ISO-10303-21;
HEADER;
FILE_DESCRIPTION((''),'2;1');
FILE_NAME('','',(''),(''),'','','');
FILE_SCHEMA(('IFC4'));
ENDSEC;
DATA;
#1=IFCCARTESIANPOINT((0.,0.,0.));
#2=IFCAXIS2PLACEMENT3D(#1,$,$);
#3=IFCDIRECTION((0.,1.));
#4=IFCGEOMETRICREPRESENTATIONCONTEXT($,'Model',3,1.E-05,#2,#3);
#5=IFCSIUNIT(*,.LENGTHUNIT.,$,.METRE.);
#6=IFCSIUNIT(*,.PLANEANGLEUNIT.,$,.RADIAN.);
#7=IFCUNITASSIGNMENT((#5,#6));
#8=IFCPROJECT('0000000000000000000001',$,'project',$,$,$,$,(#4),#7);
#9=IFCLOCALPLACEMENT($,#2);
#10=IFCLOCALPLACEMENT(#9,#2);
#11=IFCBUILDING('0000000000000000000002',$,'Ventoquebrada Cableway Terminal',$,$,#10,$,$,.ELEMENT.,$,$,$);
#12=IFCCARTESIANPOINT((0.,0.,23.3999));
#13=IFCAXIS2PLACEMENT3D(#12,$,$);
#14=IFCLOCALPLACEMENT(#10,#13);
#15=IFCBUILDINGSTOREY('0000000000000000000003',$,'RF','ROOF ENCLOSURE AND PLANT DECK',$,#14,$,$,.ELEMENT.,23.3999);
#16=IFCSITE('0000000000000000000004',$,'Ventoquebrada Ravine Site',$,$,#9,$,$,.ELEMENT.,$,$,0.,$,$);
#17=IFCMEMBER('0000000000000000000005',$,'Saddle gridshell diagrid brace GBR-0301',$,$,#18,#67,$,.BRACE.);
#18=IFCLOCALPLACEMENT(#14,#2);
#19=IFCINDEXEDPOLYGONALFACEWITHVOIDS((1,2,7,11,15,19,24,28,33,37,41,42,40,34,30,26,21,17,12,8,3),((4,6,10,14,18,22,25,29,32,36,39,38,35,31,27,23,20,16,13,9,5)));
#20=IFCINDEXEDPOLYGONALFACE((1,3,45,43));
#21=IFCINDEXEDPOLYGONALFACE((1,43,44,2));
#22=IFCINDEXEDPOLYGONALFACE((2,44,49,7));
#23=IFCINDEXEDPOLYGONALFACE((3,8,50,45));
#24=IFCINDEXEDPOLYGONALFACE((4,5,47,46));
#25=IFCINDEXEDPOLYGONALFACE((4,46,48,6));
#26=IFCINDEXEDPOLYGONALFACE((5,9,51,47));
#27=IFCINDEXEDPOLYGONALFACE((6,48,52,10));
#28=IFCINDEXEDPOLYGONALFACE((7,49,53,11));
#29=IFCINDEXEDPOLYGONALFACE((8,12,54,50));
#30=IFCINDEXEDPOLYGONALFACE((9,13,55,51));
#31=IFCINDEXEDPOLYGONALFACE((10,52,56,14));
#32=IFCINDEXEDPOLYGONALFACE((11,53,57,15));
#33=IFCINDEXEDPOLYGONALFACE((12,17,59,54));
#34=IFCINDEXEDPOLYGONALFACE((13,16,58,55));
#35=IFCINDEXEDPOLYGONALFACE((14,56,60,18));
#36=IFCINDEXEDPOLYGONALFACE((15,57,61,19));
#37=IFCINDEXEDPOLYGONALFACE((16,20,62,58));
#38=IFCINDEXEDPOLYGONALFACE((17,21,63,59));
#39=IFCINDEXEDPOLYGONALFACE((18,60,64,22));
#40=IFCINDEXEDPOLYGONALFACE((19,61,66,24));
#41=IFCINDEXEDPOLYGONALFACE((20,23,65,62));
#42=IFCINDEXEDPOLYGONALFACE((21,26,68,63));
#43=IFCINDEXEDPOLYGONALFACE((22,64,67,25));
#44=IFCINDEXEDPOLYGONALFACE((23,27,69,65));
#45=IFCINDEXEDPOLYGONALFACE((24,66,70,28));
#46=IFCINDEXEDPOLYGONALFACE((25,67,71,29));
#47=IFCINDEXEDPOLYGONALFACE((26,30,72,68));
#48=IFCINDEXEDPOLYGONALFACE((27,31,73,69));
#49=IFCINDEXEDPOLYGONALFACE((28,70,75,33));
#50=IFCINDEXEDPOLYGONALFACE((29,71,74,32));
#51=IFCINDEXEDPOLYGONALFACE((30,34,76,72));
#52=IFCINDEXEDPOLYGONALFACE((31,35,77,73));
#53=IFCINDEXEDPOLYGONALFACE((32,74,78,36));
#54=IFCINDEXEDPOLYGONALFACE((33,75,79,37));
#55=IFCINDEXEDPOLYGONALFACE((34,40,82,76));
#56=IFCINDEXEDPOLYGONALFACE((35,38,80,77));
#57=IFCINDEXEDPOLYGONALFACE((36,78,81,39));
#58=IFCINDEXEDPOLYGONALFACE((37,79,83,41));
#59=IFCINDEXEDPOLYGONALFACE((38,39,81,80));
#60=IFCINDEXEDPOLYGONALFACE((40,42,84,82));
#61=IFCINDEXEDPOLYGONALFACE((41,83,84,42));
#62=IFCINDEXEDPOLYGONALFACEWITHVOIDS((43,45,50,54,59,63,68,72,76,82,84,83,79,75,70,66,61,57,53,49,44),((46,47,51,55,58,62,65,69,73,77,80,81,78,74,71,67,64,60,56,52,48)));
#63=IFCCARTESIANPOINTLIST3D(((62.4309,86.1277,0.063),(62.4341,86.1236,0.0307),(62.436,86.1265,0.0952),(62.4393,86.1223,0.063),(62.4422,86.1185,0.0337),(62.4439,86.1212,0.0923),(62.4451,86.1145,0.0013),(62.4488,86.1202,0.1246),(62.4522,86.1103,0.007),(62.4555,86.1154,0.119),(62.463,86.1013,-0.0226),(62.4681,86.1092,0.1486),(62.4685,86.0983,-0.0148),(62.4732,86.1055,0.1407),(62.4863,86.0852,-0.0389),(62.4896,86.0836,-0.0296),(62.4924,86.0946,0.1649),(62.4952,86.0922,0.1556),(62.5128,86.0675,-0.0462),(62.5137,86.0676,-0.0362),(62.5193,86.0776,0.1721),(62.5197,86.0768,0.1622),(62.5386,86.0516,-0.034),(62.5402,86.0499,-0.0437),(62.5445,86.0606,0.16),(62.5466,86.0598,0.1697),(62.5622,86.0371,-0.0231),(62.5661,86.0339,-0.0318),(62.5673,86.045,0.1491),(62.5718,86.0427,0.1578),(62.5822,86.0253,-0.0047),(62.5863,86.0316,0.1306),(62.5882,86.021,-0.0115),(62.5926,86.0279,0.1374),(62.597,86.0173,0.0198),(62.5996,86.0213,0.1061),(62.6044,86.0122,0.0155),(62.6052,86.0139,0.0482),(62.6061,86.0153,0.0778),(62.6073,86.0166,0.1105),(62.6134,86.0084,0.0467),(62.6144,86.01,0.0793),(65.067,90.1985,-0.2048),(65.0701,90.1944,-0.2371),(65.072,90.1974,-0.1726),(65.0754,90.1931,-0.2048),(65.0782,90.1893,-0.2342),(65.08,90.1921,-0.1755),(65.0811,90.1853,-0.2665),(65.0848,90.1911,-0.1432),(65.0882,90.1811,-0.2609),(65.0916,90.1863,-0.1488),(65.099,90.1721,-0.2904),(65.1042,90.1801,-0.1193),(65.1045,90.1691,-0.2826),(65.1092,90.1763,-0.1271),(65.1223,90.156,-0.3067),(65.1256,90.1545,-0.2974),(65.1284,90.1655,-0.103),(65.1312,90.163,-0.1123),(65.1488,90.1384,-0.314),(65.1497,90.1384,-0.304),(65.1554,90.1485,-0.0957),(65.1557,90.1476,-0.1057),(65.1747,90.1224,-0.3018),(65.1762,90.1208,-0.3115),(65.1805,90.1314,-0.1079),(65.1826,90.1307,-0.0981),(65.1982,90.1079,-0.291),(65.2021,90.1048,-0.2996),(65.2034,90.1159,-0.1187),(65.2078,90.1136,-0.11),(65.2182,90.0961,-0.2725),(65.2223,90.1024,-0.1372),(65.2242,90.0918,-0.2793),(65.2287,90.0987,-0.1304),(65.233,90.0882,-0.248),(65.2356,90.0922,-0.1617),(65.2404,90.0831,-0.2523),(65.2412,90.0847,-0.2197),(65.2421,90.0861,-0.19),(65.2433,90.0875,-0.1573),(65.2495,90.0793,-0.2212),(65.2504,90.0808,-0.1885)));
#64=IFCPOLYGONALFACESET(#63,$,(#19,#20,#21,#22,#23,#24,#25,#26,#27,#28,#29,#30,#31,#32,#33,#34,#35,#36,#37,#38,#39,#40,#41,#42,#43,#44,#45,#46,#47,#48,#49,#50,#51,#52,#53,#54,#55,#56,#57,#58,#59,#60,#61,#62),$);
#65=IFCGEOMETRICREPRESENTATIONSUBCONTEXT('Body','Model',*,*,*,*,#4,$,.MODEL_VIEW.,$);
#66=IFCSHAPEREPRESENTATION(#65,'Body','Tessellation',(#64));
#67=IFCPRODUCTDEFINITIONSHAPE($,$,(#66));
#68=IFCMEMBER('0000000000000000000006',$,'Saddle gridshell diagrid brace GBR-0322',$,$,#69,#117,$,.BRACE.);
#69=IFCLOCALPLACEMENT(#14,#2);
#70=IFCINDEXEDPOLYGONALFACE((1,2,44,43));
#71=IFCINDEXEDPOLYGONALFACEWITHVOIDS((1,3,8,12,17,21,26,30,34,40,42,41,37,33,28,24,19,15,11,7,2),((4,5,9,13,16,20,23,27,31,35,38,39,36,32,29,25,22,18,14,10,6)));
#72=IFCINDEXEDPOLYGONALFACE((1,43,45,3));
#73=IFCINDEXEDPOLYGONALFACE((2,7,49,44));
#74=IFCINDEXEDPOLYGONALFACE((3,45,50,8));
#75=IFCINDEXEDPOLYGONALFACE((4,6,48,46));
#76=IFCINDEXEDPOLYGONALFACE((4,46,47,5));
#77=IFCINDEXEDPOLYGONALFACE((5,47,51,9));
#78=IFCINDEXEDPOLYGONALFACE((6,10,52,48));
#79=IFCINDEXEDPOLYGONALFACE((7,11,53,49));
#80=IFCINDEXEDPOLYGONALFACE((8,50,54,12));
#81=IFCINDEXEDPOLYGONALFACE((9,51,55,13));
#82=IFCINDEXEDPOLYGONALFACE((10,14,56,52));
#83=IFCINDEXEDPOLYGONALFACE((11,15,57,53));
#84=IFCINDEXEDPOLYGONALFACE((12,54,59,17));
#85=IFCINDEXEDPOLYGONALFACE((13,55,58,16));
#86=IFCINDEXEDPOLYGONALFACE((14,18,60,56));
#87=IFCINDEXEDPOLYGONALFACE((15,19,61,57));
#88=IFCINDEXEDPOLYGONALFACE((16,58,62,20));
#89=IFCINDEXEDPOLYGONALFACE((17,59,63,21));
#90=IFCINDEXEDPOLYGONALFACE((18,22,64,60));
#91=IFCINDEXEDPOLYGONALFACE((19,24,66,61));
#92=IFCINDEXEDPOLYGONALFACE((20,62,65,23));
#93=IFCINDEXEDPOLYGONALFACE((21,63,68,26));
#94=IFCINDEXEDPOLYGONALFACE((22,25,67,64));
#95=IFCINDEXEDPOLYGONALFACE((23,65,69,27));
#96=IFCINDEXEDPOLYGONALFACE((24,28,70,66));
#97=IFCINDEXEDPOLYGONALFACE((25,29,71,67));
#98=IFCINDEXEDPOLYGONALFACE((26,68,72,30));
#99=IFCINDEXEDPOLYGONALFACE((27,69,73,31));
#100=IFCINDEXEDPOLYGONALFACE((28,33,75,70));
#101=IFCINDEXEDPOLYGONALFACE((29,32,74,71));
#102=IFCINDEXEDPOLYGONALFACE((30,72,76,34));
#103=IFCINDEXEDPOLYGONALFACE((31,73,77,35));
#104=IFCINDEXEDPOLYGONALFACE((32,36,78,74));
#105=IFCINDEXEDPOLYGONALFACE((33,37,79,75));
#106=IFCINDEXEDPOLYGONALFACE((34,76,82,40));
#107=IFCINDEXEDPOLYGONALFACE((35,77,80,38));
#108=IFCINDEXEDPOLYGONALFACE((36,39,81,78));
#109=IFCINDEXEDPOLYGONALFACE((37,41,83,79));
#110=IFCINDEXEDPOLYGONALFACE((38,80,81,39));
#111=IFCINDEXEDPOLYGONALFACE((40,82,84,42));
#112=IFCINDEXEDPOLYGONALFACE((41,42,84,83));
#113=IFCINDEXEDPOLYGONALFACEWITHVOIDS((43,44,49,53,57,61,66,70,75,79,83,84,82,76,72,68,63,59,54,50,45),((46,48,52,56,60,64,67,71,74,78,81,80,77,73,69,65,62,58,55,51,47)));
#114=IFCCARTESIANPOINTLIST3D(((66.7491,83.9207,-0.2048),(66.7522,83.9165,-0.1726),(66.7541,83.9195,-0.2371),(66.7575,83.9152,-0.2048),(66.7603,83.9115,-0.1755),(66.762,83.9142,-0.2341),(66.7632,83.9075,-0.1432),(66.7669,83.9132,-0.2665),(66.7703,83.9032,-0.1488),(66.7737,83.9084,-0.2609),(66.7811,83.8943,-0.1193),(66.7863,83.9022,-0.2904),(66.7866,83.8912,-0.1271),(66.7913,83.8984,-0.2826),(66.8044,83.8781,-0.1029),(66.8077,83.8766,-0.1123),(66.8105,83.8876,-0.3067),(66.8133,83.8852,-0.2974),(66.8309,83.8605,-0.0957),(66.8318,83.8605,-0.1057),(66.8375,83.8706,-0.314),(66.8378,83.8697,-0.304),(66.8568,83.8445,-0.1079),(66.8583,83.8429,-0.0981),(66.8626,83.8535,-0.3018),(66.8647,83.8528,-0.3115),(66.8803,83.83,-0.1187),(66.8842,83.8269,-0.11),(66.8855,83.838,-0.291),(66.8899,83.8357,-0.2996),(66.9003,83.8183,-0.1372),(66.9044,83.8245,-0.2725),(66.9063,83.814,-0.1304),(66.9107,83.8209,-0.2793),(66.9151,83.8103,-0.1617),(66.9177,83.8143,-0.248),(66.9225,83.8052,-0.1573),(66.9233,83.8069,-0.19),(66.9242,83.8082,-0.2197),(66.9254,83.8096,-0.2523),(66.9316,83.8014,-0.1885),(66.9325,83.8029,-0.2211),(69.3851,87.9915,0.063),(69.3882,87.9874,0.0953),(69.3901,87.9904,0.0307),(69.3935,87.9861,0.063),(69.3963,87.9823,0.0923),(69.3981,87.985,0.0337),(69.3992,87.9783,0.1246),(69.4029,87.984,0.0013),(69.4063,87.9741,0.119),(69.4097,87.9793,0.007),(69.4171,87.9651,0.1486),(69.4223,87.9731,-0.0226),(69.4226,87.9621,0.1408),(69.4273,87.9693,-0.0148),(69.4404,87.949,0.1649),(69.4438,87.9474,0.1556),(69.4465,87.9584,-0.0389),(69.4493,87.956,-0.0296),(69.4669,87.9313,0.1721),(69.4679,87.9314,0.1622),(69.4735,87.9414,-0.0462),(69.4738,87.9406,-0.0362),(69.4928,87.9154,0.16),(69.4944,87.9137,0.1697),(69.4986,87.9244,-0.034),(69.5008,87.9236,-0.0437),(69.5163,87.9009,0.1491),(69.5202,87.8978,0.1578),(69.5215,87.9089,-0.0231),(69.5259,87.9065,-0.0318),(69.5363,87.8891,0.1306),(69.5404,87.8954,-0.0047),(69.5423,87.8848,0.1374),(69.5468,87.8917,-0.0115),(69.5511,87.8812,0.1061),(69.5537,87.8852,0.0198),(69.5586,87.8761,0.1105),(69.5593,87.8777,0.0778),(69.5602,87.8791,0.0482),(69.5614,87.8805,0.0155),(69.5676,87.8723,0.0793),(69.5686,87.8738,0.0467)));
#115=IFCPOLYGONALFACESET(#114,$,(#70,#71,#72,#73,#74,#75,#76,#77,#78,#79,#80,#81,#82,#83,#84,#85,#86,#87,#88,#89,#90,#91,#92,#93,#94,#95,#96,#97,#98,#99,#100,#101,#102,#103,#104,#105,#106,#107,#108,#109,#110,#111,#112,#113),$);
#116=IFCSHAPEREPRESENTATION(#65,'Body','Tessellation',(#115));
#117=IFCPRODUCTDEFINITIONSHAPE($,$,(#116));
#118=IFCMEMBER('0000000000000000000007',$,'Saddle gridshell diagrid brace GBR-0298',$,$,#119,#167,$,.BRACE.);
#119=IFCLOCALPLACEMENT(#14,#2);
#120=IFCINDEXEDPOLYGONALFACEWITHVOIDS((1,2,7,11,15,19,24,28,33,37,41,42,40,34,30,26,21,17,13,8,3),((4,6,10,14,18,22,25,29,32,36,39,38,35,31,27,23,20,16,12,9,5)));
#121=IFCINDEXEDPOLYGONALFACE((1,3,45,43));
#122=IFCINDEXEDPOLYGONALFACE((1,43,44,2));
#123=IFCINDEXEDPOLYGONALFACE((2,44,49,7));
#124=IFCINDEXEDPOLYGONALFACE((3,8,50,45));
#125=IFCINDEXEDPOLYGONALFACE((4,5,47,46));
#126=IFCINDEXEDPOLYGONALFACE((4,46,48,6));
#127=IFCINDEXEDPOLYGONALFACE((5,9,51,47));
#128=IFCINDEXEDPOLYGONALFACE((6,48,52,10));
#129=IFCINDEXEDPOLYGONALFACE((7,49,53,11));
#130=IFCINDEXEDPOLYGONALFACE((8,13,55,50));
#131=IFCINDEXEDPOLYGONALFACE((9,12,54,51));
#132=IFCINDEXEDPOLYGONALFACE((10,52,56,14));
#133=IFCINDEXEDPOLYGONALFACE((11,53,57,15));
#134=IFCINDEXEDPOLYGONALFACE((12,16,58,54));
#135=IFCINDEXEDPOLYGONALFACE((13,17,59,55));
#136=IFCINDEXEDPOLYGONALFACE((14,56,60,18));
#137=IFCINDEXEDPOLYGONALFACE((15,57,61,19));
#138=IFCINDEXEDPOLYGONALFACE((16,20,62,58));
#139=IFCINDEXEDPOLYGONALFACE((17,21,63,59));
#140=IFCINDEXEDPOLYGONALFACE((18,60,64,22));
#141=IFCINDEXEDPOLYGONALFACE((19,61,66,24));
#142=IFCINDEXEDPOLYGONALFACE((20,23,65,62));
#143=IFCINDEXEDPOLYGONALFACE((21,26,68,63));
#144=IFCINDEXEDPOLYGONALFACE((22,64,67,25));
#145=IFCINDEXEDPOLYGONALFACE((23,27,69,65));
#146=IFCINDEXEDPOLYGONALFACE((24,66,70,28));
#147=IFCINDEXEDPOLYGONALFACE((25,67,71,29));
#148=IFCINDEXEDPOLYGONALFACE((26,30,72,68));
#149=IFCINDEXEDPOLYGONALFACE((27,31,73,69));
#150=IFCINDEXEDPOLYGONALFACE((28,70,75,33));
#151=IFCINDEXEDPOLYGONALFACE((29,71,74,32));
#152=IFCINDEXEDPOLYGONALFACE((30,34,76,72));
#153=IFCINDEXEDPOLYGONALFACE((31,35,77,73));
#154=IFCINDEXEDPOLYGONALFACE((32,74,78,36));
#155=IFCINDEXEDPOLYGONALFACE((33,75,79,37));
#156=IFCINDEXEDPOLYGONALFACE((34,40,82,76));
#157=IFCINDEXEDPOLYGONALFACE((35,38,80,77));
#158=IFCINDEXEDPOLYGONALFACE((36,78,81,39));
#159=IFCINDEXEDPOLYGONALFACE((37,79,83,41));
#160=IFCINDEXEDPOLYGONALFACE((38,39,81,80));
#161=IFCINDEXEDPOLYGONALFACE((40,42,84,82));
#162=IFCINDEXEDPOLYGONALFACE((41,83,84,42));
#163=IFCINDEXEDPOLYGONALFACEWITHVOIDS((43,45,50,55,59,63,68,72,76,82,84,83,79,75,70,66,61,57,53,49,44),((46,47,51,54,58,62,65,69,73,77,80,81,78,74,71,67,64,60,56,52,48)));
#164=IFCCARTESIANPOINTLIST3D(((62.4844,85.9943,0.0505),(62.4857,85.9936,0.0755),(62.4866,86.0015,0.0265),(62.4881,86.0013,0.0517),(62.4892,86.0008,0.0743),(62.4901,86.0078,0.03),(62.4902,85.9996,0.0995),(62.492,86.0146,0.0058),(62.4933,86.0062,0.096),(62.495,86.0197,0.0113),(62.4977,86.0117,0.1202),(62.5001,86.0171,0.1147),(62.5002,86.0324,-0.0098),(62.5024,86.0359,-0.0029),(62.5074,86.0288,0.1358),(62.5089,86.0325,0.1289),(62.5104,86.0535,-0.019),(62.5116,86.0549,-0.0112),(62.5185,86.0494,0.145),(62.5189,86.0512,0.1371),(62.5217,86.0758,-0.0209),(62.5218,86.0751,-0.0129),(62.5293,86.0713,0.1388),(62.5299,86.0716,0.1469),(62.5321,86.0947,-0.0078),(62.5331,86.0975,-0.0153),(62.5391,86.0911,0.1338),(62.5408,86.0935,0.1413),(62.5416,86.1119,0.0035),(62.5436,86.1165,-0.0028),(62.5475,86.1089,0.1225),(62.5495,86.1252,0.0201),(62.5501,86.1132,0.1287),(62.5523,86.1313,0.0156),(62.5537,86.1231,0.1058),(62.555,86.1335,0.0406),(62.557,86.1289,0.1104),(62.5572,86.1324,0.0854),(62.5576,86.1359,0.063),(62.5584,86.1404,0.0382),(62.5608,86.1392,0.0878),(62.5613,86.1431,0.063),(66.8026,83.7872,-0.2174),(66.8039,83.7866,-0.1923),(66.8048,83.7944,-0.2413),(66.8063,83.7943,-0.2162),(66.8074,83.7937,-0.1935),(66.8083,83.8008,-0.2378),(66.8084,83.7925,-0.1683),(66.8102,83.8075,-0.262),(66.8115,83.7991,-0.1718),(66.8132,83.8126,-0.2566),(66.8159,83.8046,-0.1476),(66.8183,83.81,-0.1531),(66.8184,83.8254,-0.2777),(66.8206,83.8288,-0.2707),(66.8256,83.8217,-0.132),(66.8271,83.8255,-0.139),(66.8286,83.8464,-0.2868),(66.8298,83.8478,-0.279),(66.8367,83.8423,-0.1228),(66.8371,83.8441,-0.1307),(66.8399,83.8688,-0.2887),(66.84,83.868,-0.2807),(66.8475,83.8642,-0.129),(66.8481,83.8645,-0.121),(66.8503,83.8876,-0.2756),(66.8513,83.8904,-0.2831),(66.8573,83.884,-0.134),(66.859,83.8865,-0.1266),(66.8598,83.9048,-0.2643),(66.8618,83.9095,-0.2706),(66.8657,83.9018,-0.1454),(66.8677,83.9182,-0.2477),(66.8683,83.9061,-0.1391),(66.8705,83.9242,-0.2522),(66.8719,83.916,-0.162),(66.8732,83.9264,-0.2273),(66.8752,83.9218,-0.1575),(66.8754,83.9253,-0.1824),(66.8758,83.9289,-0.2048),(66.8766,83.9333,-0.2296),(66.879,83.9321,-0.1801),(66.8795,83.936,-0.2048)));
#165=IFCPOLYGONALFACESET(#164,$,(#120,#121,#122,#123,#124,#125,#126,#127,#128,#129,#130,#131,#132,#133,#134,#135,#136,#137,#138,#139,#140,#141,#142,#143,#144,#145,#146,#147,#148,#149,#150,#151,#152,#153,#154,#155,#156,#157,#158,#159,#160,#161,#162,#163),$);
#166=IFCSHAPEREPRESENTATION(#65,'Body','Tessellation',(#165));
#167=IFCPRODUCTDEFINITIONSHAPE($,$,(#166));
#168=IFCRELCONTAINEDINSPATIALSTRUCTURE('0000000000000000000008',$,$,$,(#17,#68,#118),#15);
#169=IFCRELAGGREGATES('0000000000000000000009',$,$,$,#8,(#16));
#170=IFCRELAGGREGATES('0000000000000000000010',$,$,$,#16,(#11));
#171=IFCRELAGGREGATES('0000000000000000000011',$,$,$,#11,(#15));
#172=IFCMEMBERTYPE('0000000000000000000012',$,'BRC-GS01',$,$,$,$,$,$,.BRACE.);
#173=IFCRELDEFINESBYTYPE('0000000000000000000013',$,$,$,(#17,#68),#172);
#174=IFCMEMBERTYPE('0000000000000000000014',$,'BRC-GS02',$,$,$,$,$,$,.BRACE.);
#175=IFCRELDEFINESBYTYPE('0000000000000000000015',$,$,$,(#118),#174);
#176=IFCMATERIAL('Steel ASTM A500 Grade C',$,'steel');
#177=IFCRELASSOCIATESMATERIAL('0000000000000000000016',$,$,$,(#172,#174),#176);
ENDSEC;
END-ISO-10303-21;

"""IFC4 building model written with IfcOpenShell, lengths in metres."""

from ifc_helpers import new_model, si_unit, direction, frame, origin, origin_2d, place, context, subcontext, project, spatial, hollow_circle, extrude, material, material_profile, profile_set, type_object, element, save


model = new_model("IFC4")

# Units and contexts
model_context = context("Model", 3, precision=1e-05, world=origin(), true_north=direction((0.0, 1.0)))
body_context = subcontext(model_context, "Body", "Model", "MODEL_VIEW")
ifc_project = project(units=[si_unit("LENGTHUNIT", "METRE"), si_unit("PLANEANGLEUNIT", "RADIAN")], contexts=[model_context])

# Site, building, storey
site_placement = place(None, origin())
site = spatial("IfcSite", under=ifc_project, at=site_placement, Name="Ventoquebrada Ravine Site", CompositionType="ELEMENT", RefElevation=0.0)
building_placement = place(site_placement, origin())
building = spatial("IfcBuilding", under=site, at=building_placement, Name="Ventoquebrada Cableway Terminal", CompositionType="ELEMENT")
storey_placement = place(building_placement, frame((0.0, 0.0, 23.3999)))
storey = spatial("IfcBuildingStorey", under=building, at=storey_placement, Name="RF", Description="ROOF ENCLOSURE AND PLANT DECK", CompositionType="ELEMENT", Elevation=23.3999)

# Members
ifc_material_1 = material(Name="Steel ASTM A500 Grade C", Category="steel")
ifc_material_profile_1 = material_profile(ifc_material_1, hollow_circle(Radius=0.1096, WallThickness=0.01, at=origin_2d()), Name="CHS219.1X10")
ifc_profile_set_1 = profile_set([ifc_material_profile_1], Name="Steel ASTM A500 Grade C")
member_type_1 = type_object("IfcMemberType", Name="BRC-GS01", PredefinedType="BRACE", material=ifc_profile_set_1)
for number, where, z_axis, x_axis, name in (
    (1, (62.5229, 86.0681, 0.063), (0.542706, 0.838111, -0.05514), (-0.839388, 0.543533, 0.0), "Saddle gridshell diagrid brace GBR-0301"),
    (2, (66.8411, 83.8611, -0.2048), (0.542706, 0.838111, 0.05514), (-0.839388, 0.543533, 0.0), "Saddle gridshell diagrid brace GBR-0322"),
):
    element("IfcMember", number, at=place(storey_placement, frame(where, z_axis=z_axis, x_axis=x_axis)), inside=storey, type_object=member_type_1, Name=name, PredefinedType="BRACE", context=body_context, shape_type="SweptSolid", body=[
        extrude(hollow_circle(Radius=0.1096, WallThickness=0.01, at=origin_2d()), origin(), (0.0, 0.0, 1.0), 4.8572),
    ])
ifc_material_profile_2 = material_profile(ifc_material_1, hollow_circle(Radius=0.0842, WallThickness=0.0081, at=origin_2d()), Name="CHS168.3X8")
ifc_profile_set_2 = profile_set([ifc_material_profile_2], Name="Steel ASTM A500 Grade C")
member_type_2 = type_object("IfcMemberType", Name="BRC-GS02", PredefinedType="BRACE", material=ifc_profile_set_2)
member_1_placement = place(storey_placement, frame((62.5229, 86.0681, 0.063), z_axis=(0.88908, -0.454418, -0.055143), x_axis=(0.45511, 0.890435, 0.0)))
element("IfcMember", 3, at=member_1_placement, inside=storey, type_object=member_type_2, Name="Saddle gridshell diagrid brace GBR-0298", PredefinedType="BRACE", context=body_context, shape_type="SweptSolid", body=[
    extrude(hollow_circle(Radius=0.0842, WallThickness=0.0081, at=origin_2d()), origin(), (0.0, 0.0, 1.0), 4.8569),
])

save(model, "model.ifc")
